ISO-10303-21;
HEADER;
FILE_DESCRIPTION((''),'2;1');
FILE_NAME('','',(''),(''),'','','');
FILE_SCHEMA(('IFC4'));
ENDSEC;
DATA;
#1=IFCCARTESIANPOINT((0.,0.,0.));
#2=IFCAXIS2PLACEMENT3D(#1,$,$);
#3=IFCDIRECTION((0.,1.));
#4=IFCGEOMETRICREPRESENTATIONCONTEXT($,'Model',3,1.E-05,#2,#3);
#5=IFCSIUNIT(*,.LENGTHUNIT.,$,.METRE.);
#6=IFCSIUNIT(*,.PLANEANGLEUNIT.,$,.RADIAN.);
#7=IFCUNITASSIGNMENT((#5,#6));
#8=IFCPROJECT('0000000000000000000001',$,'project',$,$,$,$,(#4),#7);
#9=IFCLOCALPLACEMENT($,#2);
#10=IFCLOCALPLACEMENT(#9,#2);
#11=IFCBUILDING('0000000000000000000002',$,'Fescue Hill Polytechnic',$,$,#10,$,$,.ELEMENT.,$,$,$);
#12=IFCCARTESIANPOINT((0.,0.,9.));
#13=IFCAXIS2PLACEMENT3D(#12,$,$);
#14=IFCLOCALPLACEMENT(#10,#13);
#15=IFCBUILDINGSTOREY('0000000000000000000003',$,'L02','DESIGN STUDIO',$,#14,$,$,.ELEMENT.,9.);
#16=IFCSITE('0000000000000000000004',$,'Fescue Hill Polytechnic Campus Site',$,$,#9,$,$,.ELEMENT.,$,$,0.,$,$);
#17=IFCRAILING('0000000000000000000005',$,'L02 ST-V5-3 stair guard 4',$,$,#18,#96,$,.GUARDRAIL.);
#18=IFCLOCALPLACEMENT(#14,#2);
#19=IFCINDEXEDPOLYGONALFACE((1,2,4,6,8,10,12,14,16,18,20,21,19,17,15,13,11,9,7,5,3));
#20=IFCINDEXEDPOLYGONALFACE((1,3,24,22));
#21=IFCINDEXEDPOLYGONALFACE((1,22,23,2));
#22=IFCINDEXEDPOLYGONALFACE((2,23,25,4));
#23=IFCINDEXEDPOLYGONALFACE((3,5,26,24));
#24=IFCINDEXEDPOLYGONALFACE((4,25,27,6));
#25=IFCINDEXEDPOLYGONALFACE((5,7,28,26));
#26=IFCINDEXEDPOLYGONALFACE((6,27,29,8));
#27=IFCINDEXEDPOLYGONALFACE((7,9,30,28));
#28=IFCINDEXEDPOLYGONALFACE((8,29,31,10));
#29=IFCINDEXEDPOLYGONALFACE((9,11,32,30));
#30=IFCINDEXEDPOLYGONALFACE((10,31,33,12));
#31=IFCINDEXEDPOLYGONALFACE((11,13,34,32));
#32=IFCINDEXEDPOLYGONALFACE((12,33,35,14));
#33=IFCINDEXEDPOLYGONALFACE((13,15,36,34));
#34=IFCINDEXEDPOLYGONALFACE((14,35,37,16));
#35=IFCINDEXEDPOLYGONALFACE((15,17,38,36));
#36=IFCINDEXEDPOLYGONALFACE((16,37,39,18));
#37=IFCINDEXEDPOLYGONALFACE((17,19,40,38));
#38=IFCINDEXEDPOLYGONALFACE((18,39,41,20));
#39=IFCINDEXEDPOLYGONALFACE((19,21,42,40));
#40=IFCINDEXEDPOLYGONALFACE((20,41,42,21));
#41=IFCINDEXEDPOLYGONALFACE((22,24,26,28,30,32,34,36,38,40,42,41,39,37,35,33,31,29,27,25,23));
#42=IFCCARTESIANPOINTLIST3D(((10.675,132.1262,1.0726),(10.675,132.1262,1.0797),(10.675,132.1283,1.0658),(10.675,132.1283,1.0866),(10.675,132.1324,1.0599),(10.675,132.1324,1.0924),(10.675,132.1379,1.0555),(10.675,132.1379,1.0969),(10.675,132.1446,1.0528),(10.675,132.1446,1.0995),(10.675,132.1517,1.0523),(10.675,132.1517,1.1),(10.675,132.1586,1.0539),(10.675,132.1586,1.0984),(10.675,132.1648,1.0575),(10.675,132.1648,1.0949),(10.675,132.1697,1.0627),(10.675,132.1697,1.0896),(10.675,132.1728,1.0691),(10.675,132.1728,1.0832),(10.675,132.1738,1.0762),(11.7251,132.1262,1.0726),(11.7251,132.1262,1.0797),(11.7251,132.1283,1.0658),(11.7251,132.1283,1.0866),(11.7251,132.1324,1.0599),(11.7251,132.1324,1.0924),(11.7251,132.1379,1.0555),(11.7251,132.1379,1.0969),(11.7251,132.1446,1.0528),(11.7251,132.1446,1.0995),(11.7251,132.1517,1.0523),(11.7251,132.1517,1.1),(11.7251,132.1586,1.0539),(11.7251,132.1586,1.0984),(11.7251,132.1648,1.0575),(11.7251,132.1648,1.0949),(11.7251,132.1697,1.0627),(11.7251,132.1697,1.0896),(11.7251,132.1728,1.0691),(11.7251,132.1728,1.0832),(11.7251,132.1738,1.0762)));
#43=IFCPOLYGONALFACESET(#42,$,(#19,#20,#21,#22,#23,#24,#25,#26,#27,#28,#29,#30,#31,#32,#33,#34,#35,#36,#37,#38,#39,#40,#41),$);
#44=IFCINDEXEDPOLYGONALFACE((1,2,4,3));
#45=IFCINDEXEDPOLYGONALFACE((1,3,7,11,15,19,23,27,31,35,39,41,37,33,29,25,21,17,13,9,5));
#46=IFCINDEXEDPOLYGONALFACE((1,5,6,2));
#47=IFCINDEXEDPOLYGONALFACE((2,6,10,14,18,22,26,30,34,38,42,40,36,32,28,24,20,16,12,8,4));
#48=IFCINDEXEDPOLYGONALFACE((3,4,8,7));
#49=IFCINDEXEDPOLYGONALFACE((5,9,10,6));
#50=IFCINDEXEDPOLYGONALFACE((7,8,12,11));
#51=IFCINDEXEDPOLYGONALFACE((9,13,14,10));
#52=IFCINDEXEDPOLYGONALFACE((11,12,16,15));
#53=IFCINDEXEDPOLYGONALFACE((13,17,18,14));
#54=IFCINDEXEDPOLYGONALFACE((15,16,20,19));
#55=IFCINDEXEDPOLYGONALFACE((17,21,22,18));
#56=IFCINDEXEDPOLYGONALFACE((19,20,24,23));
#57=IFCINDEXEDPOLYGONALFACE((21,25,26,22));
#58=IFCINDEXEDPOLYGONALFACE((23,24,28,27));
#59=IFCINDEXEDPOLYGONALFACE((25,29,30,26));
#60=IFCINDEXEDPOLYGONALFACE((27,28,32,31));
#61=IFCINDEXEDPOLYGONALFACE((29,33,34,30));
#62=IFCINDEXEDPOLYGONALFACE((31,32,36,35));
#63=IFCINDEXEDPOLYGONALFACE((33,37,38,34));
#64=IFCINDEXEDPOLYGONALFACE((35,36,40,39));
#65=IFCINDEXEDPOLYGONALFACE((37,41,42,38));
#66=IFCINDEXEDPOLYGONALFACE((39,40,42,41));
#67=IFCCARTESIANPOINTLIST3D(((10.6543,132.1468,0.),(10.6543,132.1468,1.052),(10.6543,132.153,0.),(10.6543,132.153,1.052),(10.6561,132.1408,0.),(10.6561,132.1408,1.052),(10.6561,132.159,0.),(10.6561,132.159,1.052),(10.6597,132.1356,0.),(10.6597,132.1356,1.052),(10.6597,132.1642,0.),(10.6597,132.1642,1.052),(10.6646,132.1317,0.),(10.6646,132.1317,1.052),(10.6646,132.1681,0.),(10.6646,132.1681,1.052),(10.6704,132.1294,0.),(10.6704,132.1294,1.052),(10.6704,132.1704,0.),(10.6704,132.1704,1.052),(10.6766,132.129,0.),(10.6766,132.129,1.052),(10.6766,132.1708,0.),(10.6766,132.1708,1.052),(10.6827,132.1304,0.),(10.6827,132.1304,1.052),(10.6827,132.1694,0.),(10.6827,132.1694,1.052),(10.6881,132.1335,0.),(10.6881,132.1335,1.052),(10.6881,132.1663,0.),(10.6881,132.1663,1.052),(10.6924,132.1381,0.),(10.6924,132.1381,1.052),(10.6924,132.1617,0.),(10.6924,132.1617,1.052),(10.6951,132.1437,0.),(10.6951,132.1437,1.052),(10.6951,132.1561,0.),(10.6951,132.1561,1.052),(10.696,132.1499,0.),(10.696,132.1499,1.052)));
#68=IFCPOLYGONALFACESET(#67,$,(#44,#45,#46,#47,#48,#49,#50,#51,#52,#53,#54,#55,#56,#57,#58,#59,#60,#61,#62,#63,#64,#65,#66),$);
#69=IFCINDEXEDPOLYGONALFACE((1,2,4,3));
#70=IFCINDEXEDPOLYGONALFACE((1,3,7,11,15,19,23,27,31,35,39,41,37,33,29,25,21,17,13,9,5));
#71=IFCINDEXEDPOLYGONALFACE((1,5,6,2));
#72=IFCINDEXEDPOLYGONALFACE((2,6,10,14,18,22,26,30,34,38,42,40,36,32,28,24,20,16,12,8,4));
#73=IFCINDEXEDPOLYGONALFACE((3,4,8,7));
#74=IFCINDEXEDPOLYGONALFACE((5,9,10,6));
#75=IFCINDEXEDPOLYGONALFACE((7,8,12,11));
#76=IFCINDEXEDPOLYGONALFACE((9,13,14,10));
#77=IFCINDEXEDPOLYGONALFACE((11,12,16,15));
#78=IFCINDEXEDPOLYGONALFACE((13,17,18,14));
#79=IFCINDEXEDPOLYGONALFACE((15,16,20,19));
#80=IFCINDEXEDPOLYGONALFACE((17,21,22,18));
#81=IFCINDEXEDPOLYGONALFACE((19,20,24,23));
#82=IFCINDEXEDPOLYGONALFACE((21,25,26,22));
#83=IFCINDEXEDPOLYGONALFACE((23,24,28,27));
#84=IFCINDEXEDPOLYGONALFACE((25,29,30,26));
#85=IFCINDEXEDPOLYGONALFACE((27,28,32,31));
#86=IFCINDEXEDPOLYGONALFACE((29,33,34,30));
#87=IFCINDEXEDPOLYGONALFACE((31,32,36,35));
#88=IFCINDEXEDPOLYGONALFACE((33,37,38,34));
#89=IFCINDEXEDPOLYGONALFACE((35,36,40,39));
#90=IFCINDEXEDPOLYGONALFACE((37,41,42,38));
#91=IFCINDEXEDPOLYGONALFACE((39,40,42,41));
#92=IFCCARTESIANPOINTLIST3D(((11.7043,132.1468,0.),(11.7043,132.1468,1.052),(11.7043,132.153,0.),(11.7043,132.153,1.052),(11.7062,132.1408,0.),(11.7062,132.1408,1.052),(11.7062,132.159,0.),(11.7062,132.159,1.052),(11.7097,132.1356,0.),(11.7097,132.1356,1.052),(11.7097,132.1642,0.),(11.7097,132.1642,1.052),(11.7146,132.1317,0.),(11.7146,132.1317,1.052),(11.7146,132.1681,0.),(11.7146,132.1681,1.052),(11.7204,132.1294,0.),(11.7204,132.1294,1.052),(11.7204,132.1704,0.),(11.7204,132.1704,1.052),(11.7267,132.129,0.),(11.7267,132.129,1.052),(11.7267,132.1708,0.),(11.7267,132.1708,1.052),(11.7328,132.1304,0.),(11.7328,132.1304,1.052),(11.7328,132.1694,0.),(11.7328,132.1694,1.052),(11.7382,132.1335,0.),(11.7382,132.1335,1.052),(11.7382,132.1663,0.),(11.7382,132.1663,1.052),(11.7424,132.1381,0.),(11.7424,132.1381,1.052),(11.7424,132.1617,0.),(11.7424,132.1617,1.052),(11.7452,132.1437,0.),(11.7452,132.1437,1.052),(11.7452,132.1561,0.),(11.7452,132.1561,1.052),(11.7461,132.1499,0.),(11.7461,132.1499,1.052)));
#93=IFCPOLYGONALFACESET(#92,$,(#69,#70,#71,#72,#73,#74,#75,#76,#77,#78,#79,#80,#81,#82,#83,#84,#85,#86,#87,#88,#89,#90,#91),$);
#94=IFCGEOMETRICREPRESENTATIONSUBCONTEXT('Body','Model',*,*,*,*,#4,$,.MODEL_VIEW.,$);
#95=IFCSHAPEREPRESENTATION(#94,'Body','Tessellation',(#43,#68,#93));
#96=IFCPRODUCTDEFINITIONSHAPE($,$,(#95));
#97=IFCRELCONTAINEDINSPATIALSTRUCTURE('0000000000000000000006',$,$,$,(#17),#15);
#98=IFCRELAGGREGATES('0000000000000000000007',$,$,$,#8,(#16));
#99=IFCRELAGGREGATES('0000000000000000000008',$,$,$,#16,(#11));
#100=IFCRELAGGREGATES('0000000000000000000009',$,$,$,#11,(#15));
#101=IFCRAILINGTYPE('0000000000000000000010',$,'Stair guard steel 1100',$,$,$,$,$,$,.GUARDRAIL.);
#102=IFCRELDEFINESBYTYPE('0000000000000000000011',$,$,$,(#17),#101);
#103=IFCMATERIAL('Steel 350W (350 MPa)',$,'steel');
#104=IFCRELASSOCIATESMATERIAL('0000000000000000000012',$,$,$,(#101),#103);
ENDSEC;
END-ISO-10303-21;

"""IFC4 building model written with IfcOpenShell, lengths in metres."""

from ifc_helpers import new_model, si_unit, direction, frame, origin, origin_2d, place, context, subcontext, project, spatial, circle, extrude, material, type_object, element, save


model = new_model("IFC4")

# Units and contexts
model_context = context("Model", 3, precision=1e-05, world=origin(), true_north=direction((0.0, 1.0)))
body_context = subcontext(model_context, "Body", "Model", "MODEL_VIEW")
ifc_project = project(units=[si_unit("LENGTHUNIT", "METRE"), si_unit("PLANEANGLEUNIT", "RADIAN")], contexts=[model_context])

# Site, building, storey
site_placement = place(None, origin())
site = spatial("IfcSite", under=ifc_project, at=site_placement, Name="Fescue Hill Polytechnic Campus Site", CompositionType="ELEMENT", RefElevation=0.0)
building_placement = place(site_placement, origin())
building = spatial("IfcBuilding", under=site, at=building_placement, Name="Fescue Hill Polytechnic", CompositionType="ELEMENT")
storey_placement = place(building_placement, frame((0.0, 0.0, 9.0)))
storey = spatial("IfcBuildingStorey", under=building, at=storey_placement, Name="L02", Description="DESIGN STUDIO", CompositionType="ELEMENT", Elevation=9.0)

# Railing
ifc_material_1 = material(Name="Steel 350W (350 MPa)", Category="steel")
railing_type_1 = type_object("IfcRailingType", Name="Stair guard steel 1100", PredefinedType="GUARDRAIL", material=ifc_material_1)
railing_1_placement = place(storey_placement, frame((10.675, 132.1499, 0.0)))
element("IfcRailing", 1, at=railing_1_placement, inside=storey, type_object=railing_type_1, Name="L02 ST-V5-3 stair guard 4", PredefinedType="GUARDRAIL", context=body_context, shape_type="SweptSolid", body=[
    extrude(circle(Radius=0.0239, at=origin_2d()), frame((0.0, 0.0, 1.0762), z_axis=(1.0, 0.0, 0.0), x_axis=(0.0, 1.0, 0.0)), (0.0, 0.0, 1.0), 1.05),
    extrude(circle(Radius=0.021, at=origin_2d()), origin(), (0.0, 0.0, 1.0), 1.052),
    extrude(circle(Radius=0.021, at=origin_2d()), frame((1.05, 0.0, 0.0)), (0.0, 0.0, 1.0), 1.052),
])

save(model, "model.ifc")
